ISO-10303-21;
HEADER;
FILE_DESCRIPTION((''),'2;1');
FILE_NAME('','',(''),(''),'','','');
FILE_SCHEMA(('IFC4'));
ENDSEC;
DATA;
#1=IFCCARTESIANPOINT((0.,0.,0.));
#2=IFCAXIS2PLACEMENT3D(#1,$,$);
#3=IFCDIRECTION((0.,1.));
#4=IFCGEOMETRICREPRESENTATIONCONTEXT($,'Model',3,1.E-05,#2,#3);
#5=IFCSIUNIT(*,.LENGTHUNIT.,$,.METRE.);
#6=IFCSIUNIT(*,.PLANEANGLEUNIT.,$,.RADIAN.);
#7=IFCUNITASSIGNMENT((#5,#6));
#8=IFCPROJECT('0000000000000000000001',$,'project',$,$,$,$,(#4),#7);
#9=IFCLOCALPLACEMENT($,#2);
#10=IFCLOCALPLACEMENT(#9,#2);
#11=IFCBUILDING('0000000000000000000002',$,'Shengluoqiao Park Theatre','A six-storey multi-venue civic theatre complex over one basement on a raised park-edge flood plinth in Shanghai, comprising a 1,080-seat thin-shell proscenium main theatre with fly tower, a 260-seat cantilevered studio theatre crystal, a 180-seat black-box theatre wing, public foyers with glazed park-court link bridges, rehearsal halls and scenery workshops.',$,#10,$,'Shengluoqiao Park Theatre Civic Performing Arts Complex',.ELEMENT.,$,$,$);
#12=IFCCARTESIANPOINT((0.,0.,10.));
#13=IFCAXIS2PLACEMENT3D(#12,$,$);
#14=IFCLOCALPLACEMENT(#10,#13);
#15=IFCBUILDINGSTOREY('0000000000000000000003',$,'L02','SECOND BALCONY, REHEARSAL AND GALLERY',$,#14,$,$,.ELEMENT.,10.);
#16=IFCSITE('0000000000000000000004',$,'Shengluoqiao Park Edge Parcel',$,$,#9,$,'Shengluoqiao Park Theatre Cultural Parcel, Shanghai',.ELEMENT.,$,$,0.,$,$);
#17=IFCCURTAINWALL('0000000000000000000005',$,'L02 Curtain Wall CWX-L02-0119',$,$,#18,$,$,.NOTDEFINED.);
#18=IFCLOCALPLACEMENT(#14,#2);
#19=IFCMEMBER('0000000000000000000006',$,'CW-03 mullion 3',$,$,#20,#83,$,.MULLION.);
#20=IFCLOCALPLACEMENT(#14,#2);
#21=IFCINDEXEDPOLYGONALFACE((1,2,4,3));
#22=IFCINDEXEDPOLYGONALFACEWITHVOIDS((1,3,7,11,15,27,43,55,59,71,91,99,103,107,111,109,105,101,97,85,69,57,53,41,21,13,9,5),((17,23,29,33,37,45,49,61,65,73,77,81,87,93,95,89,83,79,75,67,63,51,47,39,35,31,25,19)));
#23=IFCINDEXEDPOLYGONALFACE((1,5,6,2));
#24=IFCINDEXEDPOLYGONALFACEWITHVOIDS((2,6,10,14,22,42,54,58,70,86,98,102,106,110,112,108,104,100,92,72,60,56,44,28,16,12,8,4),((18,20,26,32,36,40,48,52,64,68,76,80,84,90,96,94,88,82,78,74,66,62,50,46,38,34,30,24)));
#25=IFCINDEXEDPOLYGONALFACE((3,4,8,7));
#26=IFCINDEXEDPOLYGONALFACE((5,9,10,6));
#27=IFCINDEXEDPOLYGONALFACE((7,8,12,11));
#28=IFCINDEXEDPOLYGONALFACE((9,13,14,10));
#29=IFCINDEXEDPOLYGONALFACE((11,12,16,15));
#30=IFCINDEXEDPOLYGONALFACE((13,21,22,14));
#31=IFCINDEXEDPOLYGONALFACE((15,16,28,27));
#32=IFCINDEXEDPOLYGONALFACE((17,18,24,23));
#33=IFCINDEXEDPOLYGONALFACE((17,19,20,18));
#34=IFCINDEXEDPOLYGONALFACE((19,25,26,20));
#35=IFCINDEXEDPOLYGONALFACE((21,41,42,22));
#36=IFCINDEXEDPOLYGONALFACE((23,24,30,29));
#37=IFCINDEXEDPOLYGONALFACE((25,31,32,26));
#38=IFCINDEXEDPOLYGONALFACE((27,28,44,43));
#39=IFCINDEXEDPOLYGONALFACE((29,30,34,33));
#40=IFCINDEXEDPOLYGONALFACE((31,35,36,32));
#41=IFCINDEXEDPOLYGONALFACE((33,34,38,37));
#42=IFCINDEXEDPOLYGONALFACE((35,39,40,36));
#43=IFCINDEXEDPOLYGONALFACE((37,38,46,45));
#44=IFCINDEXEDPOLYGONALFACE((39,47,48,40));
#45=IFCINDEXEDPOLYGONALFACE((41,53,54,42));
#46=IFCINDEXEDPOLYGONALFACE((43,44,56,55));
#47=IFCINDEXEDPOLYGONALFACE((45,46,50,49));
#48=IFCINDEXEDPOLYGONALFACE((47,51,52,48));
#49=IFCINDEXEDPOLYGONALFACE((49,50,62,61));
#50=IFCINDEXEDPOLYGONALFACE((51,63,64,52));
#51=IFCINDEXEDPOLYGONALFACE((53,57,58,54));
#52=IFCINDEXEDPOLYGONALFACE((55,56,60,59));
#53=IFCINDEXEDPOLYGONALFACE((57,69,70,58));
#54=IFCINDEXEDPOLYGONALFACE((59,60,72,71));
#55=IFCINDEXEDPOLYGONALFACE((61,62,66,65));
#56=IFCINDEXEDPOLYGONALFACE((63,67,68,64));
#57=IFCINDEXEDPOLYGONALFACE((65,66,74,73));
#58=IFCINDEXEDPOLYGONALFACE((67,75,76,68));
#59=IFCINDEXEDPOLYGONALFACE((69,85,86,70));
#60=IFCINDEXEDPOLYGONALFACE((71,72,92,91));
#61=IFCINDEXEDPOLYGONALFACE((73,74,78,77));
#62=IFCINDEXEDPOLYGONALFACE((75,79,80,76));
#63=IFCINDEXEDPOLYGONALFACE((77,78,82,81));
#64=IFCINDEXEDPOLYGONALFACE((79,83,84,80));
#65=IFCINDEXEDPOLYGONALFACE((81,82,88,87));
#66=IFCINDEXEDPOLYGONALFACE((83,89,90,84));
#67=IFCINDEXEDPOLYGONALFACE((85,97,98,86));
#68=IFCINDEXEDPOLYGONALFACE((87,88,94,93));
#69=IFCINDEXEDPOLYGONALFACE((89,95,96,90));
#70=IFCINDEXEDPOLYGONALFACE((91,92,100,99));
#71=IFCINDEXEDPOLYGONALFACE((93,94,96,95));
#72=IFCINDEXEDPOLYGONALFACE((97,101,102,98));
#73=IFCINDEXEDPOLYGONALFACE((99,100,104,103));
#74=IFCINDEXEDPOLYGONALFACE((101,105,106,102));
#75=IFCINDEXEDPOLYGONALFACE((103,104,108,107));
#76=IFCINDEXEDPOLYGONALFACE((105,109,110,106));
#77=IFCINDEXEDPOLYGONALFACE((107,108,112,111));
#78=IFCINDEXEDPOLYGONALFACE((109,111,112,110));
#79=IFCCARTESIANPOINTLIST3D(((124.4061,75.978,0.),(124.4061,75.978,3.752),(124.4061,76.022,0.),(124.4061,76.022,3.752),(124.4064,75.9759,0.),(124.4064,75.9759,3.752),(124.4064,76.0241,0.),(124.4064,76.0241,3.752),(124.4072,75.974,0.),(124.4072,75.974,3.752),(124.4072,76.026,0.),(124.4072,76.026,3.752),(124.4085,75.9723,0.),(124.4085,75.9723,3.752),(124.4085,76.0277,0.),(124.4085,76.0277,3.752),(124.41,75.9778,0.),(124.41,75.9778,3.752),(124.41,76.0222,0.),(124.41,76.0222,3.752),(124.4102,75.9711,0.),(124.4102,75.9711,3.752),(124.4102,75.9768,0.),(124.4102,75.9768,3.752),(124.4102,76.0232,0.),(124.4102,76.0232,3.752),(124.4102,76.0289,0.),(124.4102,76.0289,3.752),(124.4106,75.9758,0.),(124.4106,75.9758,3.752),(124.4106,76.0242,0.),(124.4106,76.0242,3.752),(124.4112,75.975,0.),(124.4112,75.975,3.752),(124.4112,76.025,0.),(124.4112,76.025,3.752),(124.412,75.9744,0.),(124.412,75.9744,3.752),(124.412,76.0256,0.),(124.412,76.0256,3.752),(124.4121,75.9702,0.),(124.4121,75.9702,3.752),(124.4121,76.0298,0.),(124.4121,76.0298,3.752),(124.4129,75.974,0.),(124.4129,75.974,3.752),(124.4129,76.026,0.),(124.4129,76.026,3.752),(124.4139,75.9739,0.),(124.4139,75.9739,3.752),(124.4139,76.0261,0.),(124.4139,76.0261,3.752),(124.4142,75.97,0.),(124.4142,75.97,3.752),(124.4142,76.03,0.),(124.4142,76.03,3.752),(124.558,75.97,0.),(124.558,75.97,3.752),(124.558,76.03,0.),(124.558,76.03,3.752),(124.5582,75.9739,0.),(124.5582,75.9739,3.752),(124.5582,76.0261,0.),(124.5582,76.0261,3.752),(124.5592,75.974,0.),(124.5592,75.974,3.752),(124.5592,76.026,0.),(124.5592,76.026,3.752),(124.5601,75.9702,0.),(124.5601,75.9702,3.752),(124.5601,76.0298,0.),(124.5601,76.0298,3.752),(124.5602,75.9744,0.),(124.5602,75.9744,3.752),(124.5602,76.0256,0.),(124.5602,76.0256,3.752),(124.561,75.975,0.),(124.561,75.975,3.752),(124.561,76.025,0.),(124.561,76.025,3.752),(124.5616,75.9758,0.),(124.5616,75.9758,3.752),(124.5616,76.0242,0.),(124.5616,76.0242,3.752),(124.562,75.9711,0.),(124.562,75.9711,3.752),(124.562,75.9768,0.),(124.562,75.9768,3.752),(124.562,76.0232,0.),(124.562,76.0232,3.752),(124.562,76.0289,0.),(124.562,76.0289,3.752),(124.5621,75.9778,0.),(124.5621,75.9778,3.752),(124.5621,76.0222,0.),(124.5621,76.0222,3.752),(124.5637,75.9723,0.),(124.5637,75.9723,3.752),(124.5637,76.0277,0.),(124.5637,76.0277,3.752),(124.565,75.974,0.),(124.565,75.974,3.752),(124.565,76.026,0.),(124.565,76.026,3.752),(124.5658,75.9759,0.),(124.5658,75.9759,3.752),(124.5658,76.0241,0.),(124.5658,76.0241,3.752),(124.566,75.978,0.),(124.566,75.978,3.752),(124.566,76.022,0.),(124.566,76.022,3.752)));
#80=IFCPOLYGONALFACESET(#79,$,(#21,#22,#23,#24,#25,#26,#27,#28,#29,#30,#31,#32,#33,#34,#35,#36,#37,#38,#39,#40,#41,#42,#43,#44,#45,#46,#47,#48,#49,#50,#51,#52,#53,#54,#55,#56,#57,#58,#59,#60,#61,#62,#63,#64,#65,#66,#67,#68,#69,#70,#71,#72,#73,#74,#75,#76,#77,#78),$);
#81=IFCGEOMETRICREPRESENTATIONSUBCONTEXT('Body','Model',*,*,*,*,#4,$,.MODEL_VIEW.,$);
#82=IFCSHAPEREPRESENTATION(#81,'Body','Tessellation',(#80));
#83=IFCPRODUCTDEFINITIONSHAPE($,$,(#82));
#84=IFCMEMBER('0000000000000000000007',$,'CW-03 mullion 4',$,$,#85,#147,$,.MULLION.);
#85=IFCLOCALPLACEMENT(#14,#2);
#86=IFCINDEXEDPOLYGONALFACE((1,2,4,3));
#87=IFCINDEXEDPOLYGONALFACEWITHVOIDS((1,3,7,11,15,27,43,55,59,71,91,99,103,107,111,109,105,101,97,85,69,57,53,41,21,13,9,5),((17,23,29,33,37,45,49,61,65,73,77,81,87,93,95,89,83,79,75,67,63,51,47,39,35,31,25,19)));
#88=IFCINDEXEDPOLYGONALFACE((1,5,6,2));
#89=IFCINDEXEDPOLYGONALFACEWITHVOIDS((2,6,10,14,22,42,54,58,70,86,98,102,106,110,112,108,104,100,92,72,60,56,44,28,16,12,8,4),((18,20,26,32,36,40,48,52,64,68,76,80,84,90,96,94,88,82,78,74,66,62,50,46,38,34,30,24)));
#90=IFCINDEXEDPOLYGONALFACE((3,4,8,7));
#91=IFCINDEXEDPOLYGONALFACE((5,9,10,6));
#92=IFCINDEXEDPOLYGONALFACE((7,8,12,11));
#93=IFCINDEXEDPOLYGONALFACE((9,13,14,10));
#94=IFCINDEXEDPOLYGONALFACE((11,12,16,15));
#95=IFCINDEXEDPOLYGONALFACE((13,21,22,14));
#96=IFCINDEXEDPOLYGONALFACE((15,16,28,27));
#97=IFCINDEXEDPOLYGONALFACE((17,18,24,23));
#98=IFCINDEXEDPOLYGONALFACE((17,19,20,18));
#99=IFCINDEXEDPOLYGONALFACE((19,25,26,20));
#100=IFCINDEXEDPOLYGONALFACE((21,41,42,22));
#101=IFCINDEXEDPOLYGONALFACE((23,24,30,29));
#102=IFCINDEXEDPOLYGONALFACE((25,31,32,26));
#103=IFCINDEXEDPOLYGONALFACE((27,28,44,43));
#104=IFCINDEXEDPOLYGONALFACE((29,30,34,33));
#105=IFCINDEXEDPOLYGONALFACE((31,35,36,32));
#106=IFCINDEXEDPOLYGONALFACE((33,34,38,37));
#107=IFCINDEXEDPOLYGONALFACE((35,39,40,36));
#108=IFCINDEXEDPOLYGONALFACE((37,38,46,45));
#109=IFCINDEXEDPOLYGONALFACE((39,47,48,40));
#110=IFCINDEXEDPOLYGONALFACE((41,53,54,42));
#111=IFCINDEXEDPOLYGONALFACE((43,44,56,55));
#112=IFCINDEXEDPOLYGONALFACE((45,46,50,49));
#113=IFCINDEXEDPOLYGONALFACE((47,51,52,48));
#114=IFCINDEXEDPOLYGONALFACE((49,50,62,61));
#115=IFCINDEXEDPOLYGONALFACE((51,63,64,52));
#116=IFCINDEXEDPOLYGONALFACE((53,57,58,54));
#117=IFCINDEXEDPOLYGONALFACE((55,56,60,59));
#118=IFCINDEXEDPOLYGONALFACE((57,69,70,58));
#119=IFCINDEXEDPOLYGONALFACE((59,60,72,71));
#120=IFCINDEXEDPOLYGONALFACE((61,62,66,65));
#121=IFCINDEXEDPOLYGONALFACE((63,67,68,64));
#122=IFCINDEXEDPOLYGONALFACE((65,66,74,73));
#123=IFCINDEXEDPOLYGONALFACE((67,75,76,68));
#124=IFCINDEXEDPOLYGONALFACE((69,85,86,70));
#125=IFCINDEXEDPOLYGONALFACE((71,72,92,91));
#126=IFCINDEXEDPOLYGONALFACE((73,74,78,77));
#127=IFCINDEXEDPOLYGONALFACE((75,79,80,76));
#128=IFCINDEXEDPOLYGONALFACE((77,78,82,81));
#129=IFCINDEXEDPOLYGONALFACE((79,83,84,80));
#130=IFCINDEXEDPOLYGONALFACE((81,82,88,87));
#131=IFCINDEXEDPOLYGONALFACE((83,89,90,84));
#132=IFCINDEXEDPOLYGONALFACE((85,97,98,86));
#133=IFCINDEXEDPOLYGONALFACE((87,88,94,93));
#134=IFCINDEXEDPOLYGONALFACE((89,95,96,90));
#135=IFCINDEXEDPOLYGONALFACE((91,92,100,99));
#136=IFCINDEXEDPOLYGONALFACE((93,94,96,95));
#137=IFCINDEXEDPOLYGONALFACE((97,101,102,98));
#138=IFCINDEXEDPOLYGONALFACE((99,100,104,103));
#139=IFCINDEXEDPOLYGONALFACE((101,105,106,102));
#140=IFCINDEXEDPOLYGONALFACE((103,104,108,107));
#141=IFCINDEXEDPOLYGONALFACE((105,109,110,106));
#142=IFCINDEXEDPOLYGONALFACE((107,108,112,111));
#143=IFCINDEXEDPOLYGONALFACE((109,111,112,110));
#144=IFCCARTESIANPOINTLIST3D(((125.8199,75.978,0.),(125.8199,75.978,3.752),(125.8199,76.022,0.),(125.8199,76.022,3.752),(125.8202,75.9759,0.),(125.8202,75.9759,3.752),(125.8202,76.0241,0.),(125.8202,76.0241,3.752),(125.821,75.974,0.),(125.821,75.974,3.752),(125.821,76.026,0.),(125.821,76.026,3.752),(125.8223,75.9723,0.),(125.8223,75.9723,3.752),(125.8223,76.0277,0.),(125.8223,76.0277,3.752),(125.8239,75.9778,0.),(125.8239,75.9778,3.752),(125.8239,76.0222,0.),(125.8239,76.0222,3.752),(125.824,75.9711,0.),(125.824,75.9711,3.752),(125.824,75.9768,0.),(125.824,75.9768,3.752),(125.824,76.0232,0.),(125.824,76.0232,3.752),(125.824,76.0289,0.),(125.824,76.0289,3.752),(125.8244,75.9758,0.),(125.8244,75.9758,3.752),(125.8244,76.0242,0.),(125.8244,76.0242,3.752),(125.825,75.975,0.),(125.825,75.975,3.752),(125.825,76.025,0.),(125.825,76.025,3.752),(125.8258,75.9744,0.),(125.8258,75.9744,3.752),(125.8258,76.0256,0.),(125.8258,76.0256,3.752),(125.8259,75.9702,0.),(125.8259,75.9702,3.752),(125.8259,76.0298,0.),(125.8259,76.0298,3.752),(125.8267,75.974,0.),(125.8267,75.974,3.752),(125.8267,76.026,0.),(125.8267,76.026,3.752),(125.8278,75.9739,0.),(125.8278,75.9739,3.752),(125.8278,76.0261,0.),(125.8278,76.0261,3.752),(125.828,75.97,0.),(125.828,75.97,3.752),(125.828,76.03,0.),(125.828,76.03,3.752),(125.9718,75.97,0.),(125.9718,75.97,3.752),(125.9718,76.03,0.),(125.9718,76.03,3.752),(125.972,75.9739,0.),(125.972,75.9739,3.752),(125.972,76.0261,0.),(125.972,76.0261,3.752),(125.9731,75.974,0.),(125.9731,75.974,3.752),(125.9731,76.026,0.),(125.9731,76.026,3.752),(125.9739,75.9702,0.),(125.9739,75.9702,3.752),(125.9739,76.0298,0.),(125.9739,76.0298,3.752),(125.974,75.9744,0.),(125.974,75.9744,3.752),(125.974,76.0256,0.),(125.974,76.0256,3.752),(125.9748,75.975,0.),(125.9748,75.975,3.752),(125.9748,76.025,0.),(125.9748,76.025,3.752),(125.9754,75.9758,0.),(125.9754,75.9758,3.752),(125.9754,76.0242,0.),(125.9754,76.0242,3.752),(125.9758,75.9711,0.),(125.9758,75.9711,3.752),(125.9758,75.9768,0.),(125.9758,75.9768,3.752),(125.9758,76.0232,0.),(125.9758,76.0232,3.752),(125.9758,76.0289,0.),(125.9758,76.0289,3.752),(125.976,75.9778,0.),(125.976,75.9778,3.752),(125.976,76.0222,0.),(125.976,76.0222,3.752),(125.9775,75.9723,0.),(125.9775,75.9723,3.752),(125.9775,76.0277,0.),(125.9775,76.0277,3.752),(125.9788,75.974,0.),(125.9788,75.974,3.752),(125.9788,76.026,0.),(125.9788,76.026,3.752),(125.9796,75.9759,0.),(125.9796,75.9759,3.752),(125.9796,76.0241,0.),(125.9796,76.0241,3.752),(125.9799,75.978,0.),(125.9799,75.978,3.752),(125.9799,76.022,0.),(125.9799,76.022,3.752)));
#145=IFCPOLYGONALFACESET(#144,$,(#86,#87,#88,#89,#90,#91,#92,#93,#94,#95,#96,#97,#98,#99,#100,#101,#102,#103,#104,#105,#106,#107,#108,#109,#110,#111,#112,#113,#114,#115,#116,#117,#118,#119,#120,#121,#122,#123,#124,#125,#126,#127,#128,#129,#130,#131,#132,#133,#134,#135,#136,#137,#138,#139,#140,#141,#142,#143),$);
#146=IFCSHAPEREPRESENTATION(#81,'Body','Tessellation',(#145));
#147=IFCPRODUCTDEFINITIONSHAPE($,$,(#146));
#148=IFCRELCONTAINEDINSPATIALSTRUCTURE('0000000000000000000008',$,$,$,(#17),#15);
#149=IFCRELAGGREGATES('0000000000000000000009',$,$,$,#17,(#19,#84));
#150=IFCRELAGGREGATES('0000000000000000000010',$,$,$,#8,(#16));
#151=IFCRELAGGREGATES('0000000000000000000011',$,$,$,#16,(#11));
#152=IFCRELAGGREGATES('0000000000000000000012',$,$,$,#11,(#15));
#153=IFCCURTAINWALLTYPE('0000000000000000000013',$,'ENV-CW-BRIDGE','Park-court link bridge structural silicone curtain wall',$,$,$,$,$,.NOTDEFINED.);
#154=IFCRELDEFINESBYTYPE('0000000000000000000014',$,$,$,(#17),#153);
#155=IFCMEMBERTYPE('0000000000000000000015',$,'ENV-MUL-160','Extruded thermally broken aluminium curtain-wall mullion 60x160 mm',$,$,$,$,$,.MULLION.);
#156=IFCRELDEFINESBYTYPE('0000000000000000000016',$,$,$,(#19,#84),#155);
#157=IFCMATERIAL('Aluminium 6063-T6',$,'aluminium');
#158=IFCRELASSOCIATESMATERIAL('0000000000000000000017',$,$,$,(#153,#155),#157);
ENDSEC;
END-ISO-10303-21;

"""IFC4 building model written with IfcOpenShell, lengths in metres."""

from ifc_helpers import new_model, si_unit, direction, frame, origin, origin_2d, place, context, subcontext, project, spatial, hollow_rectangle, extrude, material, material_profile, profile_set, type_object, element, aggregate, save


model = new_model("IFC4")

# Units and contexts
model_context = context("Model", 3, precision=1e-05, world=origin(), true_north=direction((0.0, 1.0)))
body_context = subcontext(model_context, "Body", "Model", "MODEL_VIEW")
ifc_project = project(units=[si_unit("LENGTHUNIT", "METRE"), si_unit("PLANEANGLEUNIT", "RADIAN")], contexts=[model_context])

# Site, building, storey
site_placement = place(None, origin())
site = spatial("IfcSite", under=ifc_project, at=site_placement, Name="Shengluoqiao Park Edge Parcel", LongName="Shengluoqiao Park Theatre Cultural Parcel, Shanghai", CompositionType="ELEMENT", RefElevation=0.0)
building_placement = place(site_placement, origin())
building = spatial("IfcBuilding", under=site, at=building_placement, Name="Shengluoqiao Park Theatre", Description="A six-storey multi-venue civic theatre complex over one basement on a raised park-edge flood plinth in Shanghai, comprising a 1,080-seat thin-shell proscenium main theatre with fly tower, a 260-seat cantilevered studio theatre crystal, a 180-seat black-box theatre wing, public foyers with glazed park-court link bridges, rehearsal halls and scenery workshops.", LongName="Shengluoqiao Park Theatre Civic Performing Arts Complex", CompositionType="ELEMENT")
storey_placement = place(building_placement, frame((0.0, 0.0, 10.0)))
storey = spatial("IfcBuildingStorey", under=building, at=storey_placement, Name="L02", Description="SECOND BALCONY, REHEARSAL AND GALLERY", CompositionType="ELEMENT", Elevation=10.0)

# Curtain wall, members
ifc_material_1 = material(Name="Aluminium 6063-T6", Category="aluminium")
curtain_wall_type = type_object("IfcCurtainWallType", Name="ENV-CW-BRIDGE", Description="Park-court link bridge structural silicone curtain wall", PredefinedType="NOTDEFINED", material=ifc_material_1)
curtain_wall_placement = place(storey_placement, origin())
curtain_wall = element("IfcCurtainWall", 1, at=curtain_wall_placement, inside=storey, type_object=curtain_wall_type, Name="L02 Curtain Wall CWX-L02-0119", PredefinedType="NOTDEFINED")
ifc_material_profile_1 = material_profile(ifc_material_1, hollow_rectangle(XDim=0.0601, YDim=0.1599, WallThickness=0.0039, InnerFilletRadius=0.0039, OuterFilletRadius=0.0081, at=origin_2d()), Name="ALU MULLION 160x60x4")
ifc_profile_set_1 = profile_set([ifc_material_profile_1], Name="Aluminium 6063-T6")
member_type_1 = type_object("IfcMemberType", Name="ENV-MUL-160", Description="Extruded thermally broken aluminium curtain-wall mullion 60x160 mm", PredefinedType="MULLION", material=ifc_profile_set_1)
member_1_placement = place(storey_placement, frame((124.4861, 76.0, 0.0), z_axis=(0.0, 0.0, 1.0), x_axis=(0.0, 1.0, 0.0)))
member_1 = element("IfcMember", 2, at=member_1_placement, type_object=member_type_1, Name="CW-03 mullion 3", PredefinedType="MULLION", context=body_context, shape_type="SweptSolid", body=[
    extrude(hollow_rectangle(XDim=0.0601, YDim=0.1599, WallThickness=0.0039, InnerFilletRadius=0.0039, OuterFilletRadius=0.0081, at=origin_2d()), origin(), (0.0, 0.0, 1.0), 3.752),
])
member_2_placement = place(storey_placement, frame((125.8999, 76.0, 0.0), z_axis=(0.0, 0.0, 1.0), x_axis=(0.0, 1.0, 0.0)))
member_2 = element("IfcMember", 3, at=member_2_placement, type_object=member_type_1, Name="CW-03 mullion 4", PredefinedType="MULLION", context=body_context, shape_type="SweptSolid", body=[
    extrude(hollow_rectangle(XDim=0.0601, YDim=0.1599, WallThickness=0.0039, InnerFilletRadius=0.0039, OuterFilletRadius=0.0081, at=origin_2d()), origin(), (0.0, 0.0, 1.0), 3.752),
])
aggregate(curtain_wall, [member_1, member_2])

save(model, "model.ifc")
